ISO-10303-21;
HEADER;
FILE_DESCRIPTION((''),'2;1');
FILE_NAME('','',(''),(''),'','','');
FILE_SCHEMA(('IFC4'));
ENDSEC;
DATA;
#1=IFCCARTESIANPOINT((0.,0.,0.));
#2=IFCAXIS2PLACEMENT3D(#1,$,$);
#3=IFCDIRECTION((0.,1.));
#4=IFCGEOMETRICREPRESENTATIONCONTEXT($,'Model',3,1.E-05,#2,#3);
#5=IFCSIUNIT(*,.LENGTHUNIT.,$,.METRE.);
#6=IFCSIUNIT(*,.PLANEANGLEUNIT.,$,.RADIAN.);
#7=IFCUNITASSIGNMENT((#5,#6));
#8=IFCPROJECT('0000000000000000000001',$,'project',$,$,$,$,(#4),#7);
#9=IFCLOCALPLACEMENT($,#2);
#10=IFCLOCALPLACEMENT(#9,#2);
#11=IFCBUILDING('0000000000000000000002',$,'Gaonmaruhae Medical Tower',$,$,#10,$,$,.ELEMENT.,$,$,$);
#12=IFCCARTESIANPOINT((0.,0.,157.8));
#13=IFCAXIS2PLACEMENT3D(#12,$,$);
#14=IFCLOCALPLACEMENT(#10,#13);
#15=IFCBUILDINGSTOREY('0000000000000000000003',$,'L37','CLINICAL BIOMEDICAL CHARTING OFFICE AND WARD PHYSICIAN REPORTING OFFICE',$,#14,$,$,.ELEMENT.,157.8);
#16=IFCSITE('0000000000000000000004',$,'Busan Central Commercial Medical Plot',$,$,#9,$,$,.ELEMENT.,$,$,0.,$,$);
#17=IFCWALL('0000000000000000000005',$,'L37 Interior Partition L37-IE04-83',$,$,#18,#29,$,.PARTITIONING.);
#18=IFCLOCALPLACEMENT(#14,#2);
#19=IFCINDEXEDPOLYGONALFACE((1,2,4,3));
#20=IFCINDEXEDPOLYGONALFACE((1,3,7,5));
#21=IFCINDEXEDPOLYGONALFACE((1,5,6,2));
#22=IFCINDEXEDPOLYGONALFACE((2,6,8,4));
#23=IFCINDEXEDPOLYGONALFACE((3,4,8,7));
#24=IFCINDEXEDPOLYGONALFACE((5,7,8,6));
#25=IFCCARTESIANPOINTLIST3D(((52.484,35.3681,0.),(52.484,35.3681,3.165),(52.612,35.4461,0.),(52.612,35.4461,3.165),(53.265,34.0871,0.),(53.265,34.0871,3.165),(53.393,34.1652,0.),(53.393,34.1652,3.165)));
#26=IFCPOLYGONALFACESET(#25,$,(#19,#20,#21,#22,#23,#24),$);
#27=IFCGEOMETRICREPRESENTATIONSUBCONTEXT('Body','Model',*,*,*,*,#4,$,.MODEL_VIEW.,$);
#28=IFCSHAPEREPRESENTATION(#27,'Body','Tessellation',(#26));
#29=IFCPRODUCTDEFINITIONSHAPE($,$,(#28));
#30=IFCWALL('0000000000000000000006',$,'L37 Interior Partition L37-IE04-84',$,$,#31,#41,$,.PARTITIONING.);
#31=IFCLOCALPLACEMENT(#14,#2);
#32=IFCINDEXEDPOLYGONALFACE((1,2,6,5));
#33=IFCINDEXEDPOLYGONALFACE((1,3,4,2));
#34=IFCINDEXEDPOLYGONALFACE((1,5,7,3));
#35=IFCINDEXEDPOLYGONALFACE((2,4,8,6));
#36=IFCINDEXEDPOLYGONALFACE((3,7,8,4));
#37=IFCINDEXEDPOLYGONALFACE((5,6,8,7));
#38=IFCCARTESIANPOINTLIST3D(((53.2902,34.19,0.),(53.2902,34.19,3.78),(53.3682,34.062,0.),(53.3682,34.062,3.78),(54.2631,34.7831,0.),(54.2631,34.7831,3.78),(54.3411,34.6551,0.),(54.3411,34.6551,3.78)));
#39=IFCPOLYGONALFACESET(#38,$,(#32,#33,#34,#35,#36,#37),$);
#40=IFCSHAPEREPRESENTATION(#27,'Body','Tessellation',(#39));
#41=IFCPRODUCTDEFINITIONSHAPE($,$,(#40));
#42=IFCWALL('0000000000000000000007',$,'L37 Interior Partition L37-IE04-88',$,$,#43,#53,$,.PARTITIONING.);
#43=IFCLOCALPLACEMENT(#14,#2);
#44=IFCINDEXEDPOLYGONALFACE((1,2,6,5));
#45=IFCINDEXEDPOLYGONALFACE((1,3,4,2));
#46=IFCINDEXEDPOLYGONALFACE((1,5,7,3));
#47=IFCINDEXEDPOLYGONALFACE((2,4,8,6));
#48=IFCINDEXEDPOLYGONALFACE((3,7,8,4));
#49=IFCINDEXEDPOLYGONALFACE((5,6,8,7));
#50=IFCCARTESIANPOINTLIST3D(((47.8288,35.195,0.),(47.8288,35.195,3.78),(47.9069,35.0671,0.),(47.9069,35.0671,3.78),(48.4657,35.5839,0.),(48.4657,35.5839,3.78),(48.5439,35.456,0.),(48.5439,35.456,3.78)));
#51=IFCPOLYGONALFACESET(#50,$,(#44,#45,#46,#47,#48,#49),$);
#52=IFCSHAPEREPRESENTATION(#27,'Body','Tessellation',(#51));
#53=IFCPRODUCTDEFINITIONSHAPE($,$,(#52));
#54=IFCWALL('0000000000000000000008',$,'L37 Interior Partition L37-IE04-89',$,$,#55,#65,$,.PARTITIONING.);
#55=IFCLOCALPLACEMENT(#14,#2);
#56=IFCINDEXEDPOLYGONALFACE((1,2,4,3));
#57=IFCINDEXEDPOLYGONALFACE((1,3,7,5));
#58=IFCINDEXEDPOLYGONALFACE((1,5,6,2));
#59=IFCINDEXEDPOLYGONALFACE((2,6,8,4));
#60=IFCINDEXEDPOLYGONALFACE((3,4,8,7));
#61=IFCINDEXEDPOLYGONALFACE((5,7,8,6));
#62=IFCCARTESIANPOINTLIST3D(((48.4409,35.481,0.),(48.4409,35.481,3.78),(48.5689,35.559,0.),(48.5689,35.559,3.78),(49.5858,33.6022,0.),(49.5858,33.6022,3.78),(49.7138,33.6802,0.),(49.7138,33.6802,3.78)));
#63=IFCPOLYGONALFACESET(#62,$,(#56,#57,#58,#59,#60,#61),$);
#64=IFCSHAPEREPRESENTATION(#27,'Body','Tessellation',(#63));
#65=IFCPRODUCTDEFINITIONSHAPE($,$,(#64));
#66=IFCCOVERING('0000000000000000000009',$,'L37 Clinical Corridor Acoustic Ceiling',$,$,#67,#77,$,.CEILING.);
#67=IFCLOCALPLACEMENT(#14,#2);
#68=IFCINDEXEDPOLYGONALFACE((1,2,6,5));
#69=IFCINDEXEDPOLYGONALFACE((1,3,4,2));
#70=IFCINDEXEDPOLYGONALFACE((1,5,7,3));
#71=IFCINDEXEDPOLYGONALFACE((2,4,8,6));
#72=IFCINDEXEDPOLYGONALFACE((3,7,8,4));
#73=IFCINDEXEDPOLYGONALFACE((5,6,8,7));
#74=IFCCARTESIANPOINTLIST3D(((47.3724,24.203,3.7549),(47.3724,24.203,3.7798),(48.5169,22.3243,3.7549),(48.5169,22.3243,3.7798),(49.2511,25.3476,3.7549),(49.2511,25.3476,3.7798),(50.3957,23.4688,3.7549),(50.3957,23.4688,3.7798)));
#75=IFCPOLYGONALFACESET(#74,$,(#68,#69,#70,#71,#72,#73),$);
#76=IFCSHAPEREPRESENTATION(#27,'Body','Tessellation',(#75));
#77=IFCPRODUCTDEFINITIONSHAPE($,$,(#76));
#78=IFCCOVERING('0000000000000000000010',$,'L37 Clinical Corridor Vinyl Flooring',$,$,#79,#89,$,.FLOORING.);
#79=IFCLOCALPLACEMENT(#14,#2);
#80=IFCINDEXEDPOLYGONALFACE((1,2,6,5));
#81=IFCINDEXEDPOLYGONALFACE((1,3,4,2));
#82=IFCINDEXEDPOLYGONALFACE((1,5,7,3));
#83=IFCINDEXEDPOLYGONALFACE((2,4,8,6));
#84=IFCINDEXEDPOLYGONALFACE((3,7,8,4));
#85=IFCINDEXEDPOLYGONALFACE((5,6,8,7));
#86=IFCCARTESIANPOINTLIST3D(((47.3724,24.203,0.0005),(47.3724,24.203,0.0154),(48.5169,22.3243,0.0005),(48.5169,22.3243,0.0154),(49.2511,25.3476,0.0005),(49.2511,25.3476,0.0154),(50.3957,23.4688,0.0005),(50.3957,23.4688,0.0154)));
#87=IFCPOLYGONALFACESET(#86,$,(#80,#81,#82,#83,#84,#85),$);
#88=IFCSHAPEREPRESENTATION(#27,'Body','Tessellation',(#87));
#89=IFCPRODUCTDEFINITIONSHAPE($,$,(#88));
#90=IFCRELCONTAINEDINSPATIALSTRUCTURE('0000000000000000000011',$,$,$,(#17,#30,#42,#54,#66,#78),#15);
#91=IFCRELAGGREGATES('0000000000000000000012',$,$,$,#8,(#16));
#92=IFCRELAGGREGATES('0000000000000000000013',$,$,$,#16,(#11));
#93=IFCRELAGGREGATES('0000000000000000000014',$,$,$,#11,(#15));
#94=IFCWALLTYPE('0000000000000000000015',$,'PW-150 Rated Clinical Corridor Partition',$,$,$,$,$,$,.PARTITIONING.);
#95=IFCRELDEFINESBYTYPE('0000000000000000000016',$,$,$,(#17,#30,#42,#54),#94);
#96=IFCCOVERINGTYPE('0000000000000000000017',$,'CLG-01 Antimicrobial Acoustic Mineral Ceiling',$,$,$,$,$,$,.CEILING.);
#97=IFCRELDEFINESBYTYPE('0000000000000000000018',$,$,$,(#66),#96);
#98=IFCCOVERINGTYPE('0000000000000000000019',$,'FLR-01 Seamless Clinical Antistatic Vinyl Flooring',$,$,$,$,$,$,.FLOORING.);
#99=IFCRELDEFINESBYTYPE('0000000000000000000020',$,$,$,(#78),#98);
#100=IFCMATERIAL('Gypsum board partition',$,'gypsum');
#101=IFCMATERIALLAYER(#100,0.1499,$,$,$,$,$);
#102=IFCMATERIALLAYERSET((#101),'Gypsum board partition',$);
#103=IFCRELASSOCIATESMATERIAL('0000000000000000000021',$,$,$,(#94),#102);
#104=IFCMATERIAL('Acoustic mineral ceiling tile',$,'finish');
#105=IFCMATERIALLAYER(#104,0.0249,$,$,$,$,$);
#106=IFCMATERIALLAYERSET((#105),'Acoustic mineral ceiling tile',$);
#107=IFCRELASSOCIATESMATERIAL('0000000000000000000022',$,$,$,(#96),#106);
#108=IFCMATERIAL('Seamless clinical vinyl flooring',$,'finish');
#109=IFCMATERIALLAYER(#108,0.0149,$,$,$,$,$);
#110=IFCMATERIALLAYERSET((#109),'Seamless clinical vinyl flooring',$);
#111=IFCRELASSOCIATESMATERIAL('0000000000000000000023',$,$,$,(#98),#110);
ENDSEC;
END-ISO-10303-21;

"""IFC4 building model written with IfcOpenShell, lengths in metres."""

from ifc_helpers import new_model, si_unit, direction, frame, frame_2d, origin, origin_2d, place, context, subcontext, project, spatial, rectangle, extrude, material, layer, layer_set, type_object, element, save


model = new_model("IFC4")

# Units and contexts
model_context = context("Model", 3, precision=1e-05, world=origin(), true_north=direction((0.0, 1.0)))
body_context = subcontext(model_context, "Body", "Model", "MODEL_VIEW")
ifc_project = project(units=[si_unit("LENGTHUNIT", "METRE"), si_unit("PLANEANGLEUNIT", "RADIAN")], contexts=[model_context])

# Site, building, storey
site_placement = place(None, origin())
site = spatial("IfcSite", under=ifc_project, at=site_placement, Name="Busan Central Commercial Medical Plot", CompositionType="ELEMENT", RefElevation=0.0)
building_placement = place(site_placement, origin())
building = spatial("IfcBuilding", under=site, at=building_placement, Name="Gaonmaruhae Medical Tower", CompositionType="ELEMENT")
storey_placement = place(building_placement, frame((0.0, 0.0, 157.8)))
storey = spatial("IfcBuildingStorey", under=building, at=storey_placement, Name="L37", Description="CLINICAL BIOMEDICAL CHARTING OFFICE AND WARD PHYSICIAN REPORTING OFFICE", CompositionType="ELEMENT", Elevation=157.8)

# Shared definitions
ifc_material_1 = material(Name="Gypsum board partition", Category="gypsum")
ifc_layer_1 = layer(ifc_material_1, 0.1499)
ifc_layer_set_1 = layer_set([ifc_layer_1], Name="Gypsum board partition")
wall_type_1 = type_object("IfcWallType", Name="PW-150 Rated Clinical Corridor Partition", PredefinedType="PARTITIONING", material=ifc_layer_set_1)

# Walls
wall_1_placement = place(storey_placement, frame((52.5481, 35.407, 0.0), z_axis=(0.0, 0.0, 1.0), x_axis=(0.520561, -0.853824, 0.0)))
element("IfcWall", 1, at=wall_1_placement, inside=storey, type_object=wall_type_1, Name="L37 Interior Partition L37-IE04-83", PredefinedType="PARTITIONING", context=body_context, shape_type="SweptSolid", body=[
    extrude(rectangle(XDim=1.5002, YDim=0.1499, at=frame_2d((0.75, 0.0))), origin(), (0.0, 0.0, 1.0), 3.165),
])
wall_2_placement = place(storey_placement, frame((53.3291, 34.126, 0.0), z_axis=(0.0, 0.0, 1.0), x_axis=(0.85388, 0.52047, 0.0)))
element("IfcWall", 2, at=wall_2_placement, inside=storey, type_object=wall_type_1, Name="L37 Interior Partition L37-IE04-84", PredefinedType="PARTITIONING", context=body_context, shape_type="SweptSolid", body=[
    extrude(rectangle(XDim=1.1394, YDim=0.1499, at=frame_2d((0.5698, 0.0))), origin(), (0.0, 0.0, 1.0), 3.78),
])
wall_3_placement = place(storey_placement, frame((47.8679, 35.1311, 0.0), z_axis=(0.0, 0.0, 1.0), x_axis=(0.853484, 0.521119, 0.0)))
element("IfcWall", 3, at=wall_3_placement, inside=storey, type_object=wall_type_1, Name="L37 Interior Partition L37-IE04-88", PredefinedType="PARTITIONING", context=body_context, shape_type="SweptSolid", body=[
    extrude(rectangle(XDim=0.7463, YDim=0.1499, at=frame_2d((0.373, 0.0))), origin(), (0.0, 0.0, 1.0), 3.78),
])
wall_4_placement = place(storey_placement, frame((48.5049, 35.52, 0.0), z_axis=(0.0, 0.0, 1.0), x_axis=(0.52039, -0.853928, 0.0)))
element("IfcWall", 4, at=wall_4_placement, inside=storey, type_object=wall_type_1, Name="L37 Interior Partition L37-IE04-89", PredefinedType="PARTITIONING", context=body_context, shape_type="SweptSolid", body=[
    extrude(rectangle(XDim=2.2002, YDim=0.1499, at=frame_2d((1.1001, 0.0))), origin(), (0.0, 0.0, 1.0), 3.78),
])

# Coverings
ifc_material_2 = material(Name="Acoustic mineral ceiling tile", Category="finish")
ifc_layer_2 = layer(ifc_material_2, 0.0249)
ifc_layer_set_2 = layer_set([ifc_layer_2], Name="Acoustic mineral ceiling tile")
covering_type_1 = type_object("IfcCoveringType", Name="CLG-01 Antimicrobial Acoustic Mineral Ceiling", PredefinedType="CEILING", material=ifc_layer_set_2)
covering_1_placement = place(storey_placement, frame((48.884, 23.8359, 3.7549), z_axis=(0.0, 0.0, 1.0), x_axis=(0.854005, 0.520265, 0.0)))
element("IfcCovering", 5, at=covering_1_placement, inside=storey, type_object=covering_type_1, Name="L37 Clinical Corridor Acoustic Ceiling", PredefinedType="CEILING", context=body_context, shape_type="SweptSolid", body=[
    extrude(rectangle(XDim=2.2, YDim=2.2, at=origin_2d()), origin(), (0.0, 0.0, 1.0), 0.0249),
])
ifc_material_3 = material(Name="Seamless clinical vinyl flooring", Category="finish")
ifc_layer_3 = layer(ifc_material_3, 0.0149)
ifc_layer_set_3 = layer_set([ifc_layer_3], Name="Seamless clinical vinyl flooring")
covering_type_2 = type_object("IfcCoveringType", Name="FLR-01 Seamless Clinical Antistatic Vinyl Flooring", PredefinedType="FLOORING", material=ifc_layer_set_3)
covering_2_placement = place(storey_placement, frame((48.884, 23.8359, 0.0005), z_axis=(0.0, 0.0, 1.0), x_axis=(0.854005, 0.520265, 0.0)))
element("IfcCovering", 6, at=covering_2_placement, inside=storey, type_object=covering_type_2, Name="L37 Clinical Corridor Vinyl Flooring", PredefinedType="FLOORING", context=body_context, shape_type="SweptSolid", body=[
    extrude(rectangle(XDim=2.2, YDim=2.2, at=origin_2d()), origin(), (0.0, 0.0, 1.0), 0.0149),
])

save(model, "model.ifc")
